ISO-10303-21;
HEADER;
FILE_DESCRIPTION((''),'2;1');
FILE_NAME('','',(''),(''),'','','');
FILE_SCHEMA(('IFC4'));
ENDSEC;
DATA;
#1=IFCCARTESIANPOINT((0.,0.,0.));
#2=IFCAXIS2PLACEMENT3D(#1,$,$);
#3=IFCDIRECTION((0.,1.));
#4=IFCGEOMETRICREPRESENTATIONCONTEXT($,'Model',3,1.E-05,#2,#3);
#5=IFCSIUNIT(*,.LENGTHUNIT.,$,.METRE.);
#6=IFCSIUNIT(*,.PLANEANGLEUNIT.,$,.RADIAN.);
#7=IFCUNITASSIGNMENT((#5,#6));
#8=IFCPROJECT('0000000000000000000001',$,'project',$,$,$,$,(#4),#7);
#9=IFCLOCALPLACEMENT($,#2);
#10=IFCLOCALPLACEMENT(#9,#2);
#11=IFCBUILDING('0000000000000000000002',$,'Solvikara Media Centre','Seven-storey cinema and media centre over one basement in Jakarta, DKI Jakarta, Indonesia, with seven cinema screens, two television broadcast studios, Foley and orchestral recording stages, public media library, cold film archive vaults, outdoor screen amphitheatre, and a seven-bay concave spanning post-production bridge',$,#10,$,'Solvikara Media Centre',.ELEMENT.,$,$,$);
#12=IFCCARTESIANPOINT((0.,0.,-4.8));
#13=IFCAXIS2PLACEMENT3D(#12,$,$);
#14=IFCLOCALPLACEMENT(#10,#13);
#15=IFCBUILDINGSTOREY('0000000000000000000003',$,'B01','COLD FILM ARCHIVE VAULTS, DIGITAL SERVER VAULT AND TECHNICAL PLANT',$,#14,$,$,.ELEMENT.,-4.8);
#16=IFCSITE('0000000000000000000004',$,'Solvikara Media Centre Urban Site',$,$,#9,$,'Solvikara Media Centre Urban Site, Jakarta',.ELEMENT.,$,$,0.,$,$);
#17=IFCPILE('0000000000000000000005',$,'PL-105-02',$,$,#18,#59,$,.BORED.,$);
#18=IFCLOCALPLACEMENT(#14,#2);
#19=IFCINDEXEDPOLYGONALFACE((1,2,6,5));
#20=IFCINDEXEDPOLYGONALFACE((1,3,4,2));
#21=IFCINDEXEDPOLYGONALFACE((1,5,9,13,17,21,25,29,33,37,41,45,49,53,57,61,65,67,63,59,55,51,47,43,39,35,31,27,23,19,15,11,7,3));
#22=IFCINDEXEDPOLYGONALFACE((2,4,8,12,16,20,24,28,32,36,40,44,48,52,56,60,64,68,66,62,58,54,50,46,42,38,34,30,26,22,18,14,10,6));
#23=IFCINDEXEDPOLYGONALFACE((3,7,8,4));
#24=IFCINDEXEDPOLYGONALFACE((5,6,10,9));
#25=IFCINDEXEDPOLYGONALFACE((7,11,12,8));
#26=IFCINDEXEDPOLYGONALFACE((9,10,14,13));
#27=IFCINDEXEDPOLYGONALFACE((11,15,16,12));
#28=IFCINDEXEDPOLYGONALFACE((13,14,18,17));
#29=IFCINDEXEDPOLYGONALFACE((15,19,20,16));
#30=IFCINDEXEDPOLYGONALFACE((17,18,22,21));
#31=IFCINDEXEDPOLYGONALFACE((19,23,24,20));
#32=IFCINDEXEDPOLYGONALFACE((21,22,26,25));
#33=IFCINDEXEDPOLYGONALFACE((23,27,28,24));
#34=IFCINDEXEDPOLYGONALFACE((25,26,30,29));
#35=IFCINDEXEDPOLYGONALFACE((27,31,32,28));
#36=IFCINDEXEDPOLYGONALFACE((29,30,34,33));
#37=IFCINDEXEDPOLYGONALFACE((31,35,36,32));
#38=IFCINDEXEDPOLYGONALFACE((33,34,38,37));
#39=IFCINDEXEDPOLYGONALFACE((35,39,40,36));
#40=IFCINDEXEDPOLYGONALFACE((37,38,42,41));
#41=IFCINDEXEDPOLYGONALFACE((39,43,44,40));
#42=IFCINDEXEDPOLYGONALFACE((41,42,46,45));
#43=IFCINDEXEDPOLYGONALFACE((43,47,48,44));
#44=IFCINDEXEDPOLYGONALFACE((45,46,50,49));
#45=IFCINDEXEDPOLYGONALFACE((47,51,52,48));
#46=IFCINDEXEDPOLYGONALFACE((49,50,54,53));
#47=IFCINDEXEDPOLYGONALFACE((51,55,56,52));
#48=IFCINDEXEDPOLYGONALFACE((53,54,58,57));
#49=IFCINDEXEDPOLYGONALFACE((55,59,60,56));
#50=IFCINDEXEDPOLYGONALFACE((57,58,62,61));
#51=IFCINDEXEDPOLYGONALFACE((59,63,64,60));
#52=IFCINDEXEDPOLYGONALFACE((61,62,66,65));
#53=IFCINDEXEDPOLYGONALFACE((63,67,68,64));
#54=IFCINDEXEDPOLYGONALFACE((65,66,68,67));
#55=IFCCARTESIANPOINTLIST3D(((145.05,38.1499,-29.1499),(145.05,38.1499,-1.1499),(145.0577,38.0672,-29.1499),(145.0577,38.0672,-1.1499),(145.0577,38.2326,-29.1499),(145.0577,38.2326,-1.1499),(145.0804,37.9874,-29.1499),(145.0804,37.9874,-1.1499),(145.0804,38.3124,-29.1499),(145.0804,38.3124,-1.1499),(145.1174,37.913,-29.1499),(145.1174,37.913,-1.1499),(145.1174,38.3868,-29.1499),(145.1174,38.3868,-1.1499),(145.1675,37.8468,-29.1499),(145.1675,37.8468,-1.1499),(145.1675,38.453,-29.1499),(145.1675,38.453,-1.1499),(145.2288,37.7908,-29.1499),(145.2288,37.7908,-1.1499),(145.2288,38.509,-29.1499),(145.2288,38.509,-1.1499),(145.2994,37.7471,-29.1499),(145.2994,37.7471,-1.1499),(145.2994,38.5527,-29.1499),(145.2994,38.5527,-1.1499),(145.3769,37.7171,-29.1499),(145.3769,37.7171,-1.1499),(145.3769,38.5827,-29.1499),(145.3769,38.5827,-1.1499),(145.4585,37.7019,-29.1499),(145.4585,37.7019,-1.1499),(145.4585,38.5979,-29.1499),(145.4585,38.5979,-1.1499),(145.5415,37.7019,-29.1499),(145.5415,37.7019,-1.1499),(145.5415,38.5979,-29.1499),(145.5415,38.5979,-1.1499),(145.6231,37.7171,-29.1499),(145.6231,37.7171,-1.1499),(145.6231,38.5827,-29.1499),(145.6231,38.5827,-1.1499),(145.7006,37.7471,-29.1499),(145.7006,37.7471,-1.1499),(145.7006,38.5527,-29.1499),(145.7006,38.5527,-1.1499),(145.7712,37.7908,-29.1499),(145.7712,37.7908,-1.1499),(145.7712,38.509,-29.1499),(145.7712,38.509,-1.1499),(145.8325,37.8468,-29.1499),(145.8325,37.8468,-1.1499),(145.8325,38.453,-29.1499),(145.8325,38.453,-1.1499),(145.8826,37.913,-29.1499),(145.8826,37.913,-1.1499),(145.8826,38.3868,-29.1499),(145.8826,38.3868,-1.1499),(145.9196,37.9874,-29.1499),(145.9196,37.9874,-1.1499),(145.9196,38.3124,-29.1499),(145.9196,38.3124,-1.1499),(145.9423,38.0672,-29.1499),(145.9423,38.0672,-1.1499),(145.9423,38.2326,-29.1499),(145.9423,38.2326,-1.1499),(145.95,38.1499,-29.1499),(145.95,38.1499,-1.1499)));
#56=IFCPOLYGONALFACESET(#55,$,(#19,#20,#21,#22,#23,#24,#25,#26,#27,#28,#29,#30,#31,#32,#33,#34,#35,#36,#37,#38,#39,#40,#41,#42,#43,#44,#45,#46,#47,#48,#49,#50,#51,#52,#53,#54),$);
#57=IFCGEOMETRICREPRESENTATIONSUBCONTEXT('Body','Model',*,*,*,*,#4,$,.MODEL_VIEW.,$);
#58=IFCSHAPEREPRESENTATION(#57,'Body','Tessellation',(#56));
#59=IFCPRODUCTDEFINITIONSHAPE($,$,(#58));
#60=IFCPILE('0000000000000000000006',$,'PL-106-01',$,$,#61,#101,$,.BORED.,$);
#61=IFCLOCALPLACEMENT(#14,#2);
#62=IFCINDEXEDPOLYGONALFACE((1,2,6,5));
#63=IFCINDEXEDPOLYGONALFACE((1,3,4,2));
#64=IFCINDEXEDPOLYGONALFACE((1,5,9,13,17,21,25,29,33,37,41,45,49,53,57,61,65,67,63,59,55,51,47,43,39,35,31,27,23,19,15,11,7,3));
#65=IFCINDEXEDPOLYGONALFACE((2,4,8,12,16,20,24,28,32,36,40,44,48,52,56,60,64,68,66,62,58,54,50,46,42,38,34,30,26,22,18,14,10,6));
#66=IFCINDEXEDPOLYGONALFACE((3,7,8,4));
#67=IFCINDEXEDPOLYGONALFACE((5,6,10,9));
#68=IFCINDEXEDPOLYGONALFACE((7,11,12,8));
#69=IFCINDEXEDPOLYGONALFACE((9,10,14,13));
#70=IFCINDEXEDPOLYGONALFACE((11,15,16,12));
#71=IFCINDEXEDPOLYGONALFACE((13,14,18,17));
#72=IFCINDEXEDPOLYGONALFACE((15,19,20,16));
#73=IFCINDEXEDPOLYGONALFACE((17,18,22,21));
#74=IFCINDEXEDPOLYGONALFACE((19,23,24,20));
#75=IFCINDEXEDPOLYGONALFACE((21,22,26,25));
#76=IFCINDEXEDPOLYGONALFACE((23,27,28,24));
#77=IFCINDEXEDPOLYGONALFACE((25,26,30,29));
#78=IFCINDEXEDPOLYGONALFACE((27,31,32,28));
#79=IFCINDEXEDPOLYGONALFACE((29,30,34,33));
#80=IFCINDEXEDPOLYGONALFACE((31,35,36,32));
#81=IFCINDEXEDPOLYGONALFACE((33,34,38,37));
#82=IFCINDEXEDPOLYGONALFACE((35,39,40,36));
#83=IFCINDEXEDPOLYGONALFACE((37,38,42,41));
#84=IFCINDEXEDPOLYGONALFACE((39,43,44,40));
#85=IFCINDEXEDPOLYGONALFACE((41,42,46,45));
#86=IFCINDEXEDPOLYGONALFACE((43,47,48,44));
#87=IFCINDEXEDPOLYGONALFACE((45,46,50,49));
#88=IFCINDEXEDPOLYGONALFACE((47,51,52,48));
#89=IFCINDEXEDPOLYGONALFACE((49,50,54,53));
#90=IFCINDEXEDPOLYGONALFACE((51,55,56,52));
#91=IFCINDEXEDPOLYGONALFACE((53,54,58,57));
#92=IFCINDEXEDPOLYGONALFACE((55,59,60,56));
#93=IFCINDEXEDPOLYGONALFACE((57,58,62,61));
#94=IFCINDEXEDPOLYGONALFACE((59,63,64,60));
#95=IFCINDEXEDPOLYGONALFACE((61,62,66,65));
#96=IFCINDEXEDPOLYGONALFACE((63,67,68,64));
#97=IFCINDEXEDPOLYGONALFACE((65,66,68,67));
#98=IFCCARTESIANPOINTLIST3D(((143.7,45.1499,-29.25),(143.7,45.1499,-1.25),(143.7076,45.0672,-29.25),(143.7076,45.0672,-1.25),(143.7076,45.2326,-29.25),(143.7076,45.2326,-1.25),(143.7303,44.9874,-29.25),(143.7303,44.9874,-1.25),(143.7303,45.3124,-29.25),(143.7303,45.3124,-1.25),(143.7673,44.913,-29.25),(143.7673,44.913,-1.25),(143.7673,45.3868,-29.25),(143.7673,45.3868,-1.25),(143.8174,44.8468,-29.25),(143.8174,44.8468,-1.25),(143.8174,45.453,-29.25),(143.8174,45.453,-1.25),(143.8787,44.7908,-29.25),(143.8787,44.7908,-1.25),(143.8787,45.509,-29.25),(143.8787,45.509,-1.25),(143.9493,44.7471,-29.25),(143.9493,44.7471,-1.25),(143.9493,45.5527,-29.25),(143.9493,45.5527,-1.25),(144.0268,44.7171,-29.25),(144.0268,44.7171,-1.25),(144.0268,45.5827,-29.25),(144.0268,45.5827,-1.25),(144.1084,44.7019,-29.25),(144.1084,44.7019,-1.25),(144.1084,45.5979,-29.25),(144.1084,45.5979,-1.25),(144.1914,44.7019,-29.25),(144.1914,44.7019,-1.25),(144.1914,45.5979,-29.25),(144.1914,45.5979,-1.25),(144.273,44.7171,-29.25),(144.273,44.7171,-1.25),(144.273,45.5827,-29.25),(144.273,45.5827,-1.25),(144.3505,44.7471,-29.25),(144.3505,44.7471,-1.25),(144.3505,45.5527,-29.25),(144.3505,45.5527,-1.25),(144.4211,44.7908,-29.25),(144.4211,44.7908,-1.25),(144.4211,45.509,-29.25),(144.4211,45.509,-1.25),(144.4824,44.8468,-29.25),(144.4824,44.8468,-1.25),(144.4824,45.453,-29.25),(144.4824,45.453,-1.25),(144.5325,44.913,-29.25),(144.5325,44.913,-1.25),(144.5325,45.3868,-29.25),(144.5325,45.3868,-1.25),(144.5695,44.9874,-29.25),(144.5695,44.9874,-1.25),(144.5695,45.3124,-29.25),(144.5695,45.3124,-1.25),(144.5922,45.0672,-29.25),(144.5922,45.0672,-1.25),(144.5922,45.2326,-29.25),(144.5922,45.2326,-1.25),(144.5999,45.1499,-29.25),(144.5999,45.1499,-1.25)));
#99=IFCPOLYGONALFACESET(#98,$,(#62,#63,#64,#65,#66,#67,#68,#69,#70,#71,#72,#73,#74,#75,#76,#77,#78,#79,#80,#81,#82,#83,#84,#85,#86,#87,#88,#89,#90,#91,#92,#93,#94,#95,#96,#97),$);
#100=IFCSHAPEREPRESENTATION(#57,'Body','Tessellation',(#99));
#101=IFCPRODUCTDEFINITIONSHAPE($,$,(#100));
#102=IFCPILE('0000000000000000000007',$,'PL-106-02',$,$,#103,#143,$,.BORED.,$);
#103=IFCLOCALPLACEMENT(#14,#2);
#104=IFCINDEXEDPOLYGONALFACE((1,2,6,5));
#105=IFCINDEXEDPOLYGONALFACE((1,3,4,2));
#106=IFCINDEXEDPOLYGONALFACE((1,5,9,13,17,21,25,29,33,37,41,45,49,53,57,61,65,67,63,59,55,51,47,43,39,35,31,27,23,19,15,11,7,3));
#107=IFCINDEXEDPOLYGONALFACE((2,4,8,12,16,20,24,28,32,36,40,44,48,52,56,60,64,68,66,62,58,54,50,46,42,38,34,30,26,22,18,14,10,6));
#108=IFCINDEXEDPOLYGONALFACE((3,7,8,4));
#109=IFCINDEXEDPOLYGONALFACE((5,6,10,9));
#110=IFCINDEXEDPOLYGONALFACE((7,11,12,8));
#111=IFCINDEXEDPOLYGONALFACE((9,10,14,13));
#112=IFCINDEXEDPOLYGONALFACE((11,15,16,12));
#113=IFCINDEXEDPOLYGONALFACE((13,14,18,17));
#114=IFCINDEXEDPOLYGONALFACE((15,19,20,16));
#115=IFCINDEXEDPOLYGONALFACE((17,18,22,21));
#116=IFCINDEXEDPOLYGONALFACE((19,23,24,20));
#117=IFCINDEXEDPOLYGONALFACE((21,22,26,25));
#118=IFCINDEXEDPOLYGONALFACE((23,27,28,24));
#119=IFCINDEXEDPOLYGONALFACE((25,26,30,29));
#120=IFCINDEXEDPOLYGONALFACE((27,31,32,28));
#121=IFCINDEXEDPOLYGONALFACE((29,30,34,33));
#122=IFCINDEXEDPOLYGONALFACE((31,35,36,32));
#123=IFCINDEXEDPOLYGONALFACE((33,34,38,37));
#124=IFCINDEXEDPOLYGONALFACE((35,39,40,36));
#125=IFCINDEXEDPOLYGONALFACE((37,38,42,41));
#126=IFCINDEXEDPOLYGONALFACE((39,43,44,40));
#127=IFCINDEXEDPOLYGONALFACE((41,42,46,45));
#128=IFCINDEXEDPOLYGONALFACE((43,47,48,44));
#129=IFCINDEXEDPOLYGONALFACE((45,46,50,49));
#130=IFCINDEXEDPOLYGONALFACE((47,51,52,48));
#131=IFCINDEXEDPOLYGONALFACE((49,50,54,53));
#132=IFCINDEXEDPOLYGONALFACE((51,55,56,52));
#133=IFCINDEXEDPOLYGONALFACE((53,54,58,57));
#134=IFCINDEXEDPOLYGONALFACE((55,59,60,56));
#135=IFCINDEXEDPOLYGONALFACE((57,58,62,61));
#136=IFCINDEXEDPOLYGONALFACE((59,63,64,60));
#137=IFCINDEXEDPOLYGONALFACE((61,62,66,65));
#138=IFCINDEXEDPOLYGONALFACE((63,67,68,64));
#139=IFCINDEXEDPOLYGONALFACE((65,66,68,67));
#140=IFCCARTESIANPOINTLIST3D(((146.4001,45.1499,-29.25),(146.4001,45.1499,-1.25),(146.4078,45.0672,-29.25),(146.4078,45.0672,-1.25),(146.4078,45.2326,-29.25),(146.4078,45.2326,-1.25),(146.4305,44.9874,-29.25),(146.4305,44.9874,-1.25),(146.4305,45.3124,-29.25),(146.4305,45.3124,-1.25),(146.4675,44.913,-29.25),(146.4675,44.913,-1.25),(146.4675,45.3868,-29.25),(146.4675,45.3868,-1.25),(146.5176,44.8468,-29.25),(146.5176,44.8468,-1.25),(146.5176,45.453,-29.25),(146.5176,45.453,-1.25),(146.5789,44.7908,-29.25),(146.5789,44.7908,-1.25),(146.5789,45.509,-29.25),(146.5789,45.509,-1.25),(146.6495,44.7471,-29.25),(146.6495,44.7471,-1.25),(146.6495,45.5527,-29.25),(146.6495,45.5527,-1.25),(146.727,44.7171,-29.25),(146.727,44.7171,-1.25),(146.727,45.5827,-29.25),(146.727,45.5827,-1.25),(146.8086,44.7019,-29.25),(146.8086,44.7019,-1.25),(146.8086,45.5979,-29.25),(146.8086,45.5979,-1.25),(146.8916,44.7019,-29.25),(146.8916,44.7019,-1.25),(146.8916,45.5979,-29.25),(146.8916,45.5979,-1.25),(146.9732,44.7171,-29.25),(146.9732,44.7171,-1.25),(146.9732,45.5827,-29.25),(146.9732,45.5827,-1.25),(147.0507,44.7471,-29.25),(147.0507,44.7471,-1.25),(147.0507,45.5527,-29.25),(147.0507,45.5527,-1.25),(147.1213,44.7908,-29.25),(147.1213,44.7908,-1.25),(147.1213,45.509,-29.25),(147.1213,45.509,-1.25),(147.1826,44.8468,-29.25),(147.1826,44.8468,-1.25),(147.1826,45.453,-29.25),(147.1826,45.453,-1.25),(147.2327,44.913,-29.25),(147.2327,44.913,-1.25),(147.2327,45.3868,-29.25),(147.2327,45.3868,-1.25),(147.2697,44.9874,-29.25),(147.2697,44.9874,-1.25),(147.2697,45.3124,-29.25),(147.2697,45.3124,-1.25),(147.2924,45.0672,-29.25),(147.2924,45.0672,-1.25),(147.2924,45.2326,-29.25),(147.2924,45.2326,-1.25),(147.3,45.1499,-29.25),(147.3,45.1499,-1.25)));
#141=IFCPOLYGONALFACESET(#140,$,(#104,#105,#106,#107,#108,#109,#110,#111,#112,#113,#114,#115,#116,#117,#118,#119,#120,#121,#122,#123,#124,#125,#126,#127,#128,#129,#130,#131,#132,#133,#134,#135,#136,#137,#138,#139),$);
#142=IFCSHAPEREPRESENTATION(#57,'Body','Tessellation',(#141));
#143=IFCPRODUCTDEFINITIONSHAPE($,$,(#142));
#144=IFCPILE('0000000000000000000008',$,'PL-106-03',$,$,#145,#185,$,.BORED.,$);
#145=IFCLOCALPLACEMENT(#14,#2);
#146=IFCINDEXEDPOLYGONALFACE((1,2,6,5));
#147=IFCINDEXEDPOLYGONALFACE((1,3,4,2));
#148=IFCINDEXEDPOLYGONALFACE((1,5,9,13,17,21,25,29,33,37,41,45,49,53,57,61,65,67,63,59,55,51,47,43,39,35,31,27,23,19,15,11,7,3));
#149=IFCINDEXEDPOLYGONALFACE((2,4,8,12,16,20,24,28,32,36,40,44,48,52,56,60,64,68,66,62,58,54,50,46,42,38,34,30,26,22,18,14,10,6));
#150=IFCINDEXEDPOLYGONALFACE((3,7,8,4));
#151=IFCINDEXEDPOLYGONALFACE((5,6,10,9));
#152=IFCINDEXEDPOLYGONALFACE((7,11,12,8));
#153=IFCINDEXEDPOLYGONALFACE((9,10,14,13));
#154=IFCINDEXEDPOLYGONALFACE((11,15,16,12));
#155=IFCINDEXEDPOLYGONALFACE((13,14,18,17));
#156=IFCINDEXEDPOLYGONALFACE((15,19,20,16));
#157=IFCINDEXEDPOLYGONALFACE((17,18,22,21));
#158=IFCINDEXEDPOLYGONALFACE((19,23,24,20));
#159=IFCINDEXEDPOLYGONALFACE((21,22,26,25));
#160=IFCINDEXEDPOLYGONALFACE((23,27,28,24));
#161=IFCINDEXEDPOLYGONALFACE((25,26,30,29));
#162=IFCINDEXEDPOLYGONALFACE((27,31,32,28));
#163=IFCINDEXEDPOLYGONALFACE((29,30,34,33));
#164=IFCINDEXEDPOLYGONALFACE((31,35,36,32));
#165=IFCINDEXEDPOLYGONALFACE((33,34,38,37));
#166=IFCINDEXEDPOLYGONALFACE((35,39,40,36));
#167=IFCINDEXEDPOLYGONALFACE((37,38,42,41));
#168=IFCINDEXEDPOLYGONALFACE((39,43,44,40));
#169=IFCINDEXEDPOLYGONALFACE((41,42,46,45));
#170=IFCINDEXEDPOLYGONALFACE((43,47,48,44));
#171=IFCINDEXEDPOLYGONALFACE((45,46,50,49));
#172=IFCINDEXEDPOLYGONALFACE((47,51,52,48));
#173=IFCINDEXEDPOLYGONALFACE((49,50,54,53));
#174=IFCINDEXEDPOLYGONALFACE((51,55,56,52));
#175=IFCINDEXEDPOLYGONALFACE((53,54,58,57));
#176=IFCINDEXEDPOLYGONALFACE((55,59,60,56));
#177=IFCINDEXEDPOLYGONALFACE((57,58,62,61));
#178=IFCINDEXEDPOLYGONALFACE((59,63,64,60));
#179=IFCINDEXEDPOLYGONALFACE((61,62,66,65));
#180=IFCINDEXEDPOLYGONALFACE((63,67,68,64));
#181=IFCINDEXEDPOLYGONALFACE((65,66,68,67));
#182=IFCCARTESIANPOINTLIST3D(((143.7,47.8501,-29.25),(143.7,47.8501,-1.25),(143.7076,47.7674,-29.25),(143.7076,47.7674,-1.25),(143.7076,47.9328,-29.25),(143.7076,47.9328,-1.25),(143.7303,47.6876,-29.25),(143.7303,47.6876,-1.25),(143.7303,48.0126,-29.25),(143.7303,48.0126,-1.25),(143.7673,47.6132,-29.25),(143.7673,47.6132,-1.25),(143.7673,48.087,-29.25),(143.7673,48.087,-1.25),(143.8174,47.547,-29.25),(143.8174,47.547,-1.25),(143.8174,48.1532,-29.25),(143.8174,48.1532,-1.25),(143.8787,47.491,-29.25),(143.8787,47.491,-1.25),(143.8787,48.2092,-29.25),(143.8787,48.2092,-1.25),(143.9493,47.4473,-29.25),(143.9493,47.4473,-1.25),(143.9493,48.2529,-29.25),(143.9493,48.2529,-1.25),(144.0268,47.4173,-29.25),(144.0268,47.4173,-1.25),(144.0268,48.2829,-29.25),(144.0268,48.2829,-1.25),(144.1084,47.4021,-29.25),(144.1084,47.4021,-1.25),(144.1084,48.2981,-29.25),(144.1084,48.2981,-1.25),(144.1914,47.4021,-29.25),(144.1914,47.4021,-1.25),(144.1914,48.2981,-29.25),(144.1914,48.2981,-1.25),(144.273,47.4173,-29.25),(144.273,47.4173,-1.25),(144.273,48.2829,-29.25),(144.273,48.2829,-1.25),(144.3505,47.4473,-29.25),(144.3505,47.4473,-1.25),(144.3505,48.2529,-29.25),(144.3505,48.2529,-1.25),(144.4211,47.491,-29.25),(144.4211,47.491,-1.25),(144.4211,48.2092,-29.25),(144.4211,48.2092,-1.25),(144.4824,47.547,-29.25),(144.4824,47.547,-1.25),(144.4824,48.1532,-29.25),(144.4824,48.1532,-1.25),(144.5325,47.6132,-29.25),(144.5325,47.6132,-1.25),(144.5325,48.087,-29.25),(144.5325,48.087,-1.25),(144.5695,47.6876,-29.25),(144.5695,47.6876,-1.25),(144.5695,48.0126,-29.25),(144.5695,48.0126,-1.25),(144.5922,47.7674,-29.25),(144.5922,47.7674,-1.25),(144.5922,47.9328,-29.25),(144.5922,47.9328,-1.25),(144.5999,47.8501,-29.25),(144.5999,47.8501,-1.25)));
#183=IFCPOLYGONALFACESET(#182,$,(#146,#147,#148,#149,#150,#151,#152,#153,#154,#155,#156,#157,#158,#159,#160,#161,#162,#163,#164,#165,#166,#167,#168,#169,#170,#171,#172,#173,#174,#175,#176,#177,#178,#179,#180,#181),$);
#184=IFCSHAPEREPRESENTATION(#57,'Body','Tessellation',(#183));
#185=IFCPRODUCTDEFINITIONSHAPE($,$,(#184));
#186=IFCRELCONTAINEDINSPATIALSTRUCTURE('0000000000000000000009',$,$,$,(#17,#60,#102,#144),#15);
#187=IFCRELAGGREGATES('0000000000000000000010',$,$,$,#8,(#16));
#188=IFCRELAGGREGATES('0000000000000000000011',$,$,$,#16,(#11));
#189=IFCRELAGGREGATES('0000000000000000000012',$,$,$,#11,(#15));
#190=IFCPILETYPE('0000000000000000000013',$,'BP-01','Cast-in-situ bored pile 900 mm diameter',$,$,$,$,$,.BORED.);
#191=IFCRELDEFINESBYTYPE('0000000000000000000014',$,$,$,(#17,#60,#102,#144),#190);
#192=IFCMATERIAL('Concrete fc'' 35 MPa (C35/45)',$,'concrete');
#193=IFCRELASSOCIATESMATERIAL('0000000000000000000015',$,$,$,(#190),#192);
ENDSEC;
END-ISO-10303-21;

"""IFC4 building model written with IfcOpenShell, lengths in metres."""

from ifc_helpers import new_model, si_unit, direction, frame, origin, origin_2d, place, context, subcontext, project, spatial, circle, extrude, material, material_profile, profile_set, type_object, element, save


model = new_model("IFC4")

# Units and contexts
model_context = context("Model", 3, precision=1e-05, world=origin(), true_north=direction((0.0, 1.0)))
body_context = subcontext(model_context, "Body", "Model", "MODEL_VIEW")
ifc_project = project(units=[si_unit("LENGTHUNIT", "METRE"), si_unit("PLANEANGLEUNIT", "RADIAN")], contexts=[model_context])

# Site, building, storey
site_placement = place(None, origin())
site = spatial("IfcSite", under=ifc_project, at=site_placement, Name="Solvikara Media Centre Urban Site", LongName="Solvikara Media Centre Urban Site, Jakarta", CompositionType="ELEMENT", RefElevation=0.0)
building_placement = place(site_placement, origin())
building = spatial("IfcBuilding", under=site, at=building_placement, Name="Solvikara Media Centre", Description="Seven-storey cinema and media centre over one basement in Jakarta, DKI Jakarta, Indonesia, with seven cinema screens, two television broadcast studios, Foley and orchestral recording stages, public media library, cold film archive vaults, outdoor screen amphitheatre, and a seven-bay concave spanning post-production bridge", LongName="Solvikara Media Centre", CompositionType="ELEMENT")
storey_placement = place(building_placement, frame((0.0, 0.0, -4.8)))
storey = spatial("IfcBuildingStorey", under=building, at=storey_placement, Name="B01", Description="COLD FILM ARCHIVE VAULTS, DIGITAL SERVER VAULT AND TECHNICAL PLANT", CompositionType="ELEMENT", Elevation=-4.8)

# Piles
ifc_material_1 = material(Name="Concrete fc' 35 MPa (C35/45)", Category="concrete")
ifc_material_profile_1 = material_profile(ifc_material_1, circle(Radius=0.45, at=origin_2d()), Name="BORED PILE D900")
ifc_profile_set_1 = profile_set([ifc_material_profile_1], Name="Concrete fc' 35 MPa (C35/45)")
pile_type_1 = type_object("IfcPileType", Name="BP-01", Description="Cast-in-situ bored pile 900 mm diameter", PredefinedType="BORED", material=ifc_profile_set_1)
for number, where, z_axis, x_axis, name in (
    (1, (145.5, 38.1499, -1.1499), (0.0, 0.0, -1.0), (1.0, 0.0, 0.0), "PL-105-02"),
    (2, (144.1499, 45.1499, -1.25), (0.0, 0.0, -1.0), (1.0, 0.0, 0.0), "PL-106-01"),
    (3, (146.8501, 45.1499, -1.25), (0.0, 0.0, -1.0), (1.0, 0.0, 0.0), "PL-106-02"),
    (4, (144.1499, 47.8501, -1.25), (0.0, 0.0, -1.0), (1.0, 0.0, 0.0), "PL-106-03"),
):
    element("IfcPile", number, at=place(storey_placement, frame(where, z_axis=z_axis, x_axis=x_axis)), inside=storey, type_object=pile_type_1, Name=name, PredefinedType="BORED", context=body_context, shape_type="SweptSolid", body=[
        extrude(circle(Radius=0.45, at=origin_2d()), origin(), (0.0, 0.0, 1.0), 28.0),
    ])

save(model, "model.ifc")
